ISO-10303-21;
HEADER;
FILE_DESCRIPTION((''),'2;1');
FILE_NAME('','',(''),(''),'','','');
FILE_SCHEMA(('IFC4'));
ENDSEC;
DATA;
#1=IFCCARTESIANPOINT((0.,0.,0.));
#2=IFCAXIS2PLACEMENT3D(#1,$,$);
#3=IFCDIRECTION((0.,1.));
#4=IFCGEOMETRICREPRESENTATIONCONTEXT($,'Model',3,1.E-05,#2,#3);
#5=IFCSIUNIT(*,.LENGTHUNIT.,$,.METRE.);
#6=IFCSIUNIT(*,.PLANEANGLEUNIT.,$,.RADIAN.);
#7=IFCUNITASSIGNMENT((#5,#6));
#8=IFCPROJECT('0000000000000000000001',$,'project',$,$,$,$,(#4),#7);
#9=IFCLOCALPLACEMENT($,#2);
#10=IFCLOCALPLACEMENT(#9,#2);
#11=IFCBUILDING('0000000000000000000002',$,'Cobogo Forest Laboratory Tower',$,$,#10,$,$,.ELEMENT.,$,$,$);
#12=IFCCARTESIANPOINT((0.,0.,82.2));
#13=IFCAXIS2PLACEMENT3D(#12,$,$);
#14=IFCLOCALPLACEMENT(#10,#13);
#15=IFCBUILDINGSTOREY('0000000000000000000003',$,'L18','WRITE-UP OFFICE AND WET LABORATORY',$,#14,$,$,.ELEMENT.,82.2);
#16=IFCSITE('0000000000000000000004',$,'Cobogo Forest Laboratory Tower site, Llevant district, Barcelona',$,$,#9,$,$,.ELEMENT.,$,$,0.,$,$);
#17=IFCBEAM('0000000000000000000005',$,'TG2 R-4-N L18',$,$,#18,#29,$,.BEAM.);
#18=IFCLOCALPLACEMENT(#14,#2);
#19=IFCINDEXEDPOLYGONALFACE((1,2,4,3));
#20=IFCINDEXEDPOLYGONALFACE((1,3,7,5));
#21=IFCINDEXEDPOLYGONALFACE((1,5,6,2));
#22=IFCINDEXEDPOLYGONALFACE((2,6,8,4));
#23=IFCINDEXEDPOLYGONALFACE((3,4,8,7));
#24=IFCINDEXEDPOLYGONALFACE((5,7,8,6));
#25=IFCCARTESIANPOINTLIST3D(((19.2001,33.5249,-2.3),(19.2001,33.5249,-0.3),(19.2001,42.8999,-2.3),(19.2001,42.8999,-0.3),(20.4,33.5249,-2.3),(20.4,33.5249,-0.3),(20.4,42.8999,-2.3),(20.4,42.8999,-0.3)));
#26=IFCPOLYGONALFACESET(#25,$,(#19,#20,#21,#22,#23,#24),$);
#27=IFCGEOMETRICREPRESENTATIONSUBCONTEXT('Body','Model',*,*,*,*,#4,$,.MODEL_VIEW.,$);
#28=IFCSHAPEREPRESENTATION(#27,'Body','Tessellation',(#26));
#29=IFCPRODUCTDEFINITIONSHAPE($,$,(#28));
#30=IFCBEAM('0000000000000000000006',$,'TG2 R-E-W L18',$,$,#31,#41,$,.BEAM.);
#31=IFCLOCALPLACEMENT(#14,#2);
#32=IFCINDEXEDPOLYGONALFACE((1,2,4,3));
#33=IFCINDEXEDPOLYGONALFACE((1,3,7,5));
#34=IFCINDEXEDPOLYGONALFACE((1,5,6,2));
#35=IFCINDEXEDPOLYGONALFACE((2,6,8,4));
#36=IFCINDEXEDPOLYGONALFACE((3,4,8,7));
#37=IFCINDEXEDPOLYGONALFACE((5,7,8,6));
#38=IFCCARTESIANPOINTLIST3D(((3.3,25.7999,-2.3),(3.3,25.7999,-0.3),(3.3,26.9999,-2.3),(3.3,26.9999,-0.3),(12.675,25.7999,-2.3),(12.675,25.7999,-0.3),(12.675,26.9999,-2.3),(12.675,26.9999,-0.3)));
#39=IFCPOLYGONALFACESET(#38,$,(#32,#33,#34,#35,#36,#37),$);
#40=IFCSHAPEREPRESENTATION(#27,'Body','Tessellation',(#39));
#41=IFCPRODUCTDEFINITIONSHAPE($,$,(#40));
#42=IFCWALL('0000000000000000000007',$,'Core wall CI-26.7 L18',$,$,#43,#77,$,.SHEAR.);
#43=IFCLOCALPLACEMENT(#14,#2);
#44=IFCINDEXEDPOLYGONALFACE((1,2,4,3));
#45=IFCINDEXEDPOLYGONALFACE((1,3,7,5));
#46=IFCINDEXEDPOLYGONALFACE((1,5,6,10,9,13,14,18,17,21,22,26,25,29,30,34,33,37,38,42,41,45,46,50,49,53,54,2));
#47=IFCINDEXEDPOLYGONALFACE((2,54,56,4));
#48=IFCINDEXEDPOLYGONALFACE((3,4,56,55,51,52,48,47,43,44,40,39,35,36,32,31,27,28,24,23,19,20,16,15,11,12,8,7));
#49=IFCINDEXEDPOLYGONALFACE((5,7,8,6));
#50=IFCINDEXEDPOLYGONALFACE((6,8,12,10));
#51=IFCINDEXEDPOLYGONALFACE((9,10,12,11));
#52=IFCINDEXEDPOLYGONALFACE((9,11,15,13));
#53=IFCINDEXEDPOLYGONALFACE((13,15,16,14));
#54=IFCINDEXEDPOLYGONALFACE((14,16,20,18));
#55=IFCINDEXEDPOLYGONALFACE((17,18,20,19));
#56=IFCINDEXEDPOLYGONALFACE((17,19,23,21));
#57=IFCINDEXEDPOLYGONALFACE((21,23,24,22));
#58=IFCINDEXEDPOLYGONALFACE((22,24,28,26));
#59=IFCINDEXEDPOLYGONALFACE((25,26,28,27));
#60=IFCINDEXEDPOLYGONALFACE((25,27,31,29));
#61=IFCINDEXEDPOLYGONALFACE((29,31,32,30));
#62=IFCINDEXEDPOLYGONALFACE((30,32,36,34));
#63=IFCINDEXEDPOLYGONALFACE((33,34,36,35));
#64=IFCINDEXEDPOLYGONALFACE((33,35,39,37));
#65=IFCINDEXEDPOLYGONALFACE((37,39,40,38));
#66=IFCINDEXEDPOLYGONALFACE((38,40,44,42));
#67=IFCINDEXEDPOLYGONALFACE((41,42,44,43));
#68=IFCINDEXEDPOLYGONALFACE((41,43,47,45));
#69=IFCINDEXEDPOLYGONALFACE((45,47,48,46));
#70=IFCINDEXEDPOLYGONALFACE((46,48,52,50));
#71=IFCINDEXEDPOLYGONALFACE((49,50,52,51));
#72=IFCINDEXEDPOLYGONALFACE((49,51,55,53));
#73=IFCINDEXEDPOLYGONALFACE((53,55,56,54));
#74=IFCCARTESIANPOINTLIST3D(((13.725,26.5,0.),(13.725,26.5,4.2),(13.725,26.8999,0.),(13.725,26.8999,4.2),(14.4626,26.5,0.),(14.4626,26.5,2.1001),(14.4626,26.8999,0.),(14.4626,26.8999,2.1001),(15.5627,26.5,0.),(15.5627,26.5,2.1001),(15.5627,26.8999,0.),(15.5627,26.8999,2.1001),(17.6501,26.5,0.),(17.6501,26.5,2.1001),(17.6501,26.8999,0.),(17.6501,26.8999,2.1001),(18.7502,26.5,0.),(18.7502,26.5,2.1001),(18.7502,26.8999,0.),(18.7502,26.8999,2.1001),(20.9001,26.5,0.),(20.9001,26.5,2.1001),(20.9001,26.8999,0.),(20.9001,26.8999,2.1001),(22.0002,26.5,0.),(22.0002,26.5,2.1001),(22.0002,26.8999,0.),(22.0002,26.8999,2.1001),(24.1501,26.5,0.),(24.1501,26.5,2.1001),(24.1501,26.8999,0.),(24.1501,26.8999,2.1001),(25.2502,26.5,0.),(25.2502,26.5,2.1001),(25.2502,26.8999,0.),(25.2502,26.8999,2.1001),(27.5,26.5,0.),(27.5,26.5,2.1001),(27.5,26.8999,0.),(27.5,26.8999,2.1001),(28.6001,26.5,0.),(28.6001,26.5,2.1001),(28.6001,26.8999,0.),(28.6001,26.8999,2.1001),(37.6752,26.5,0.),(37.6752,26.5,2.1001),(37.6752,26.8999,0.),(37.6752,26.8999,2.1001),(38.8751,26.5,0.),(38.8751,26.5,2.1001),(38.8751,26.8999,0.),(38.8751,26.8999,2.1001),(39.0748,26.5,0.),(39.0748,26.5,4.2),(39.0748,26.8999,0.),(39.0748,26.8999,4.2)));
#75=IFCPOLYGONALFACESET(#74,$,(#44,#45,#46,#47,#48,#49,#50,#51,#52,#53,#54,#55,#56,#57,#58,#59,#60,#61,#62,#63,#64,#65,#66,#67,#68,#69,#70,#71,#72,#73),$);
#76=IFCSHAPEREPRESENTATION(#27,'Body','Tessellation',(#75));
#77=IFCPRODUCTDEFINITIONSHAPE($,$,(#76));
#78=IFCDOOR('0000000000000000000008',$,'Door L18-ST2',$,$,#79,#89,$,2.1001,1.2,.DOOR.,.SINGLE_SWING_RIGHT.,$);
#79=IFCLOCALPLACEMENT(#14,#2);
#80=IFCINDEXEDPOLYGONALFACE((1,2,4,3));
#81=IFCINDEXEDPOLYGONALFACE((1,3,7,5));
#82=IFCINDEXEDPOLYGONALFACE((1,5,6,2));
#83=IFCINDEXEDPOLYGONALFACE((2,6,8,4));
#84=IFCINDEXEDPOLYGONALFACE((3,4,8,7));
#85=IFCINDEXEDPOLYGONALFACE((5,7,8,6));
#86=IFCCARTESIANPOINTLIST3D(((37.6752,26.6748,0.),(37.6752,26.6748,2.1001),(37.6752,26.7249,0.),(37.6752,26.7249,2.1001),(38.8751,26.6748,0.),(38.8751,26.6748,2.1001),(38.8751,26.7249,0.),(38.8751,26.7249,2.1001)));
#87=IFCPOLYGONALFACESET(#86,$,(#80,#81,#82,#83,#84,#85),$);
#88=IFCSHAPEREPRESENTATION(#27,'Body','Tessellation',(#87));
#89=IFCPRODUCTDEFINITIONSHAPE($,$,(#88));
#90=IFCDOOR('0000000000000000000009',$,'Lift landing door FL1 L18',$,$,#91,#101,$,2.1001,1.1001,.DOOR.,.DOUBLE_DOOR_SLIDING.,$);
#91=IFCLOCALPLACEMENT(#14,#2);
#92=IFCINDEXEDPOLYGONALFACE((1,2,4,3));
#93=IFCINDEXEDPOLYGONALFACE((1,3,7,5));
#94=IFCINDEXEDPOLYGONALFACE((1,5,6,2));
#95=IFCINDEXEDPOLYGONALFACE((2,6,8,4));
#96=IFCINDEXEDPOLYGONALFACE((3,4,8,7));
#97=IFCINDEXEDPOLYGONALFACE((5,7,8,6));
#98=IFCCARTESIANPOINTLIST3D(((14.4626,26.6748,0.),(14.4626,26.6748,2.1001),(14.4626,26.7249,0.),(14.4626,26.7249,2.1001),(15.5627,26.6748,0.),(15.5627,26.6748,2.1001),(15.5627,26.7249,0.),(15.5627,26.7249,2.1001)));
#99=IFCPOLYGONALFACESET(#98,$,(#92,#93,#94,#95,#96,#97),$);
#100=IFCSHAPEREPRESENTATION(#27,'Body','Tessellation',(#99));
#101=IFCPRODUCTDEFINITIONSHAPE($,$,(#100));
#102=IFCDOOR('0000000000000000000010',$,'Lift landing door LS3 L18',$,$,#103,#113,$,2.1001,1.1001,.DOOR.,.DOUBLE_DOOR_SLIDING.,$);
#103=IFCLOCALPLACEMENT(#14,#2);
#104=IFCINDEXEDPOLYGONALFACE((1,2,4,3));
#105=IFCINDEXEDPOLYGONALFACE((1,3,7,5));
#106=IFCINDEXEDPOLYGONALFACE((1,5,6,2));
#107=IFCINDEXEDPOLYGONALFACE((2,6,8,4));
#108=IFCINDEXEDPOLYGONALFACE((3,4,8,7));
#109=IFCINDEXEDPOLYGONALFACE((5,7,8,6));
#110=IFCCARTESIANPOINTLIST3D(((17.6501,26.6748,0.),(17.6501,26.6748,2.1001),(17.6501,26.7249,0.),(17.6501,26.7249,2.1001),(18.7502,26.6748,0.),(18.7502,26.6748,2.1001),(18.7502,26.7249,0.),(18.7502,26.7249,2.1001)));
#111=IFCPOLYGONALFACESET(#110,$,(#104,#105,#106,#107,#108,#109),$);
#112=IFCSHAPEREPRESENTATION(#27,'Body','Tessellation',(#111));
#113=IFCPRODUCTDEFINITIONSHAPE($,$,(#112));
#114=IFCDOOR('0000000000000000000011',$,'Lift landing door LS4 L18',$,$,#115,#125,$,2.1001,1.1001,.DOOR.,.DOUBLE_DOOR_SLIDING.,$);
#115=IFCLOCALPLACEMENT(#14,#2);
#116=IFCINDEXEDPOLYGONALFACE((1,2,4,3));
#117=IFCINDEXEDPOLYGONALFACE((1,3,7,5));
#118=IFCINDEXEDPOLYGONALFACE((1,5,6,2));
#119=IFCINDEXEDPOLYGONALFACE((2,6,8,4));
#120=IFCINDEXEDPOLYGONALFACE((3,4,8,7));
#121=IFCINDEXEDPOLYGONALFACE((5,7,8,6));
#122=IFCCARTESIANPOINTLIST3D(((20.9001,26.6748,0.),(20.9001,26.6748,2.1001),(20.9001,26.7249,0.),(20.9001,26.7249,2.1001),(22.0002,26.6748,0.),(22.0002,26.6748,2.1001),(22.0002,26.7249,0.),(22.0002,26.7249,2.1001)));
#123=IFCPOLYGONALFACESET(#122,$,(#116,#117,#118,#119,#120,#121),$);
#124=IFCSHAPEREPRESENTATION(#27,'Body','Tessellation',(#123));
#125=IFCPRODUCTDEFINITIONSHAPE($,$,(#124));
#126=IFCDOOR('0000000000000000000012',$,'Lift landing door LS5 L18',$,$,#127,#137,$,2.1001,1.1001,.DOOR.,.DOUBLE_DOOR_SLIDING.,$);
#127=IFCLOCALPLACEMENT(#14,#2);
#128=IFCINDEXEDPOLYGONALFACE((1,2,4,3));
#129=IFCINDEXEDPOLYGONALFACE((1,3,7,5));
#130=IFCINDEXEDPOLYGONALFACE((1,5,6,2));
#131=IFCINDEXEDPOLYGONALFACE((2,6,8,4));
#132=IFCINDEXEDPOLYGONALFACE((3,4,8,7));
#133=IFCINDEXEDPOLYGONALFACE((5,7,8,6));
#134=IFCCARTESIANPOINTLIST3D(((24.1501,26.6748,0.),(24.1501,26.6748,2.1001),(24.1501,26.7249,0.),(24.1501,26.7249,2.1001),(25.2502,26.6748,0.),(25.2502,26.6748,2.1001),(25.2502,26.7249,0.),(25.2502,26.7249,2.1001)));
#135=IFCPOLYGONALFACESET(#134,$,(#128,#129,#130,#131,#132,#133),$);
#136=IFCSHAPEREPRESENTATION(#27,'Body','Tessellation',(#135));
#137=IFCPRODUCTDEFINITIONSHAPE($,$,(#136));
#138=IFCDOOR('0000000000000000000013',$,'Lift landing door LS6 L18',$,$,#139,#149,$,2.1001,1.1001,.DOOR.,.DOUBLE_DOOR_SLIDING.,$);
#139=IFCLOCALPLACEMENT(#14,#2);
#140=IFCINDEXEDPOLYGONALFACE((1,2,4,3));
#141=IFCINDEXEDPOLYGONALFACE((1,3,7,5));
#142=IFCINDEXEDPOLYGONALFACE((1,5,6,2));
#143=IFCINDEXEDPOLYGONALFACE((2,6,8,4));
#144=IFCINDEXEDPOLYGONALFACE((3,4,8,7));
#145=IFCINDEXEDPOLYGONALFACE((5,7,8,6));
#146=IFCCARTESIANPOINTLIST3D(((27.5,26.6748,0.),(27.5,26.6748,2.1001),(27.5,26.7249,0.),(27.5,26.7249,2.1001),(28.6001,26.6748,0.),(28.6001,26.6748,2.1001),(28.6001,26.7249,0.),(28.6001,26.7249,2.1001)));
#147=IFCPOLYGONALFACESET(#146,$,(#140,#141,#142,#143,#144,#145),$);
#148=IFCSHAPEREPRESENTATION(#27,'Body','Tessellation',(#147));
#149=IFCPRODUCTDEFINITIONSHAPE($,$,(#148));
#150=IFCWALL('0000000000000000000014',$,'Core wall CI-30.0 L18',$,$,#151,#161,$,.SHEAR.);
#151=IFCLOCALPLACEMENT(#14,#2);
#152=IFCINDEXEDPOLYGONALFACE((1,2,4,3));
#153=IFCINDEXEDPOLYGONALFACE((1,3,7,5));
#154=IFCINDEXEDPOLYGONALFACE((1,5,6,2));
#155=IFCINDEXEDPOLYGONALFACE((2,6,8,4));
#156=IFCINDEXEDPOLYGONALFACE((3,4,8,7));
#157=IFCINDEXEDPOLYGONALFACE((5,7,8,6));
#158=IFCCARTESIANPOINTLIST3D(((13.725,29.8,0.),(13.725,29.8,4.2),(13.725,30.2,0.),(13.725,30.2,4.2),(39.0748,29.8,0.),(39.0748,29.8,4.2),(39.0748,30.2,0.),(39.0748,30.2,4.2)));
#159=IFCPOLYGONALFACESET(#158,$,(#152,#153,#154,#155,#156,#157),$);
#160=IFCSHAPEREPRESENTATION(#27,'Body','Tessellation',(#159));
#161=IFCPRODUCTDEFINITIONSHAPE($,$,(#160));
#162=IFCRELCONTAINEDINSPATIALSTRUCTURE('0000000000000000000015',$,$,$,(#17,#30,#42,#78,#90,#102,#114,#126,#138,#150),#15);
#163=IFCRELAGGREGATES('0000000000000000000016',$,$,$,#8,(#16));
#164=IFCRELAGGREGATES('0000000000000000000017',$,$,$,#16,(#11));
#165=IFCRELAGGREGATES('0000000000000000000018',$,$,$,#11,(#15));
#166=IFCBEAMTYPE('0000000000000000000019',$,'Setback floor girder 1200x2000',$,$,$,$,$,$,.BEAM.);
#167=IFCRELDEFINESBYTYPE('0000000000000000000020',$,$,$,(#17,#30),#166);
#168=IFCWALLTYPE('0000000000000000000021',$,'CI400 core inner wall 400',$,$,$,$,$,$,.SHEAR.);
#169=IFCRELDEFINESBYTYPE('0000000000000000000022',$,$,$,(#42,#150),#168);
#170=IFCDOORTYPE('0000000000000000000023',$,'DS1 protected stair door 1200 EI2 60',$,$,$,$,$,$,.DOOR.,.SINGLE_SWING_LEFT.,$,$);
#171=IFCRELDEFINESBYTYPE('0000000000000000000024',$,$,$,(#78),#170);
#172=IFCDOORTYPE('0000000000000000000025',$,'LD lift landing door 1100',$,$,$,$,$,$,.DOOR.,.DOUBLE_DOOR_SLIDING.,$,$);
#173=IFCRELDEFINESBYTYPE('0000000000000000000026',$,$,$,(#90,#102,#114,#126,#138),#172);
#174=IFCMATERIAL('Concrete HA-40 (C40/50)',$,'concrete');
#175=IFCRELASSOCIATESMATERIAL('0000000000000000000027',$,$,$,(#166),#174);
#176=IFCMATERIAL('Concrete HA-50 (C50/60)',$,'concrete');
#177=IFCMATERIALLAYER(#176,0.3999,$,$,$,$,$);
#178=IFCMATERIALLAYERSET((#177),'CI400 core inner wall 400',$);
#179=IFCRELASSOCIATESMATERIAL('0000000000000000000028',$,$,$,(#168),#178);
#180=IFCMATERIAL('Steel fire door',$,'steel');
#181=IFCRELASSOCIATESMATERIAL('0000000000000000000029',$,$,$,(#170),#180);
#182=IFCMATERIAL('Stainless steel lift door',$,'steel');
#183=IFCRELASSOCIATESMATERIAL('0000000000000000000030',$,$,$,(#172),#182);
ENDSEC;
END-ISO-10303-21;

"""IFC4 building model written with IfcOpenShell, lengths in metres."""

from ifc_helpers import new_model, si_unit, direction, frame, frame_2d, origin, origin_2d, place, context, subcontext, project, spatial, rectangle, extrude, material, layer, layer_set, material_profile, profile_set, type_object, element, fill, save


model = new_model("IFC4")

# Units and contexts
model_context = context("Model", 3, precision=1e-05, world=origin(), true_north=direction((0.0, 1.0)))
body_context = subcontext(model_context, "Body", "Model", "MODEL_VIEW")
ifc_project = project(units=[si_unit("LENGTHUNIT", "METRE"), si_unit("PLANEANGLEUNIT", "RADIAN")], contexts=[model_context])

# Site, building, storey
site_placement = place(None, origin())
site = spatial("IfcSite", under=ifc_project, at=site_placement, Name="Cobogo Forest Laboratory Tower site, Llevant district, Barcelona", CompositionType="ELEMENT", RefElevation=0.0)
building_placement = place(site_placement, origin())
building = spatial("IfcBuilding", under=site, at=building_placement, Name="Cobogo Forest Laboratory Tower", CompositionType="ELEMENT")
storey_placement = place(building_placement, frame((0.0, 0.0, 82.2)))
storey = spatial("IfcBuildingStorey", under=building, at=storey_placement, Name="L18", Description="WRITE-UP OFFICE AND WET LABORATORY", CompositionType="ELEMENT", Elevation=82.2)

# Beams
ifc_material_1 = material(Name="Concrete HA-40 (C40/50)", Category="concrete")
ifc_material_profile = material_profile(ifc_material_1, rectangle(XDim=1.2, YDim=2.0, at=origin_2d()), Name="RC 1200x2000")
ifc_profile_set = profile_set([ifc_material_profile], Name="Concrete HA-40 (C40/50)")
beam_type = type_object("IfcBeamType", Name="Setback floor girder 1200x2000", PredefinedType="BEAM", material=ifc_profile_set)
for number, where, z_axis, x_axis, name in (
    (1, (19.8, 33.5249, -1.3), (0.0, 1.0, 0.0), (-1.0, 0.0, 0.0), "TG2 R-4-N L18"),
    (2, (12.675, 26.3999, -1.3), (-1.0, 0.0, 0.0), (0.0, -1.0, 0.0), "TG2 R-E-W L18"),
):
    element("IfcBeam", number, at=place(storey_placement, frame(where, z_axis=z_axis, x_axis=x_axis)), inside=storey, type_object=beam_type, Name=name, PredefinedType="BEAM", context=body_context, shape_type="SweptSolid", body=[
        extrude(rectangle(XDim=1.2, YDim=2.0, at=origin_2d()), origin(), (0.0, 0.0, 1.0), 9.375),
    ])

# Wall, openings, doors
ifc_material_2 = material(Name="Concrete HA-50 (C50/60)", Category="concrete")
ifc_layer_1 = layer(ifc_material_2, 0.3999)
ifc_layer_set_1 = layer_set([ifc_layer_1], Name="CI400 core inner wall 400")
wall_type_1 = type_object("IfcWallType", Name="CI400 core inner wall 400", PredefinedType="SHEAR", material=ifc_layer_set_1)
wall_1_placement = place(storey_placement, frame((13.7251, 26.7, 0.0), z_axis=(0.0, 0.0, 1.0), x_axis=(1.0, 0.0, 0.0)))
wall_1 = element("IfcWall", 3, at=wall_1_placement, inside=storey, type_object=wall_type_1, Name="Core wall CI-26.7 L18", PredefinedType="SHEAR", context=body_context, shape_type="SweptSolid", body=[
    extrude(rectangle(XDim=25.3499, YDim=0.3999, at=frame_2d((12.6748, 0.0))), origin(), (0.0, 0.0, 1.0), 4.2),
])
opening_1_placement = place(wall_1_placement, frame((23.95, 0.0, 0.0)))
opening_1 = element("IfcOpeningElement", 4, at=opening_1_placement, cuts=wall_1, PredefinedType="OPENING", context=body_context, shape_type="SweptSolid", body=[
    extrude(rectangle(XDim=1.2, YDim=2.1001, at=frame_2d((0.6001, 1.05))), frame((0.0, 0.21, 0.0), z_axis=(0.0, -1.0, 0.0), x_axis=(1.0, 0.0, 0.0)), (0.0, 0.0, 1.0), 0.4199),
])
opening_2_placement = place(wall_1_placement, frame((0.7375, 0.0, 0.0)))
opening_2 = element("IfcOpeningElement", 5, at=opening_2_placement, cuts=wall_1, PredefinedType="OPENING", context=body_context, shape_type="SweptSolid", body=[
    extrude(rectangle(XDim=1.1001, YDim=2.1001, at=frame_2d((0.55, 1.05))), frame((0.0, 0.21, 0.0), z_axis=(0.0, -1.0, 0.0), x_axis=(1.0, 0.0, 0.0)), (0.0, 0.0, 1.0), 0.4199),
])
opening_3_placement = place(wall_1_placement, frame((3.925, 0.0, 0.0)))
opening_3 = element("IfcOpeningElement", 6, at=opening_3_placement, cuts=wall_1, PredefinedType="OPENING", context=body_context, shape_type="SweptSolid", body=[
    extrude(rectangle(XDim=1.1001, YDim=2.1001, at=frame_2d((0.55, 1.05))), frame((0.0, 0.21, 0.0), z_axis=(0.0, -1.0, 0.0), x_axis=(1.0, 0.0, 0.0)), (0.0, 0.0, 1.0), 0.4199),
])
opening_4_placement = place(wall_1_placement, frame((7.175, 0.0, 0.0)))
opening_4 = element("IfcOpeningElement", 7, at=opening_4_placement, cuts=wall_1, PredefinedType="OPENING", context=body_context, shape_type="SweptSolid", body=[
    extrude(rectangle(XDim=1.1001, YDim=2.1001, at=frame_2d((0.55, 1.05))), frame((0.0, 0.21, 0.0), z_axis=(0.0, -1.0, 0.0), x_axis=(1.0, 0.0, 0.0)), (0.0, 0.0, 1.0), 0.4199),
])
opening_5_placement = place(wall_1_placement, frame((10.425, 0.0, 0.0)))
opening_5 = element("IfcOpeningElement", 8, at=opening_5_placement, cuts=wall_1, PredefinedType="OPENING", context=body_context, shape_type="SweptSolid", body=[
    extrude(rectangle(XDim=1.1001, YDim=2.1001, at=frame_2d((0.55, 1.05))), frame((0.0, 0.21, 0.0), z_axis=(0.0, -1.0, 0.0), x_axis=(1.0, 0.0, 0.0)), (0.0, 0.0, 1.0), 0.4199),
])
opening_6_placement = place(wall_1_placement, frame((13.7749, 0.0, 0.0)))
opening_6 = element("IfcOpeningElement", 9, at=opening_6_placement, cuts=wall_1, PredefinedType="OPENING", context=body_context, shape_type="SweptSolid", body=[
    extrude(rectangle(XDim=1.1001, YDim=2.1001, at=frame_2d((0.55, 1.05))), frame((0.0, 0.21, 0.0), z_axis=(0.0, -1.0, 0.0), x_axis=(1.0, 0.0, 0.0)), (0.0, 0.0, 1.0), 0.4199),
])
ifc_material_3 = material(Name="Steel fire door", Category="steel")
door_type_1 = type_object("IfcDoorType", Name="DS1 protected stair door 1200 EI2 60", OperationType="SINGLE_SWING_LEFT", PredefinedType="DOOR", material=ifc_material_3)
door_1_placement = place(opening_1_placement, origin())
door_1 = element("IfcDoor", 10, at=door_1_placement, inside=storey, type_object=door_type_1, Name="Door L18-ST2", OperationType="SINGLE_SWING_RIGHT", OverallHeight=2.1001, OverallWidth=1.2, PredefinedType="DOOR", context=body_context, shape_type="SweptSolid", body=[
    extrude(rectangle(XDim=1.2, YDim=2.1001, at=frame_2d((0.6001, 1.05))), frame((0.0, 0.0249, 0.0), z_axis=(0.0, -1.0, 0.0), x_axis=(1.0, 0.0, 0.0)), (0.0, 0.0, 1.0), 0.05),
])
fill(opening_1, door_1)
ifc_material_4 = material(Name="Stainless steel lift door", Category="steel")
door_type_2 = type_object("IfcDoorType", Name="LD lift landing door 1100", OperationType="DOUBLE_DOOR_SLIDING", PredefinedType="DOOR", material=ifc_material_4)
door_2_placement = place(opening_2_placement, origin())
door_2 = element("IfcDoor", 11, at=door_2_placement, inside=storey, type_object=door_type_2, Name="Lift landing door FL1 L18", OperationType="DOUBLE_DOOR_SLIDING", OverallHeight=2.1001, OverallWidth=1.1001, PredefinedType="DOOR", context=body_context, shape_type="SweptSolid", body=[
    extrude(rectangle(XDim=1.1001, YDim=2.1001, at=frame_2d((0.55, 1.05))), frame((0.0, 0.0249, 0.0), z_axis=(0.0, -1.0, 0.0), x_axis=(1.0, 0.0, 0.0)), (0.0, 0.0, 1.0), 0.05),
])
fill(opening_2, door_2)
door_3_placement = place(opening_3_placement, origin())
door_3 = element("IfcDoor", 12, at=door_3_placement, inside=storey, type_object=door_type_2, Name="Lift landing door LS3 L18", OperationType="DOUBLE_DOOR_SLIDING", OverallHeight=2.1001, OverallWidth=1.1001, PredefinedType="DOOR", context=body_context, shape_type="SweptSolid", body=[
    extrude(rectangle(XDim=1.1001, YDim=2.1001, at=frame_2d((0.55, 1.05))), frame((0.0, 0.0249, 0.0), z_axis=(0.0, -1.0, 0.0), x_axis=(1.0, 0.0, 0.0)), (0.0, 0.0, 1.0), 0.05),
])
fill(opening_3, door_3)
door_4_placement = place(opening_4_placement, origin())
door_4 = element("IfcDoor", 13, at=door_4_placement, inside=storey, type_object=door_type_2, Name="Lift landing door LS4 L18", OperationType="DOUBLE_DOOR_SLIDING", OverallHeight=2.1001, OverallWidth=1.1001, PredefinedType="DOOR", context=body_context, shape_type="SweptSolid", body=[
    extrude(rectangle(XDim=1.1001, YDim=2.1001, at=frame_2d((0.55, 1.05))), frame((0.0, 0.0249, 0.0), z_axis=(0.0, -1.0, 0.0), x_axis=(1.0, 0.0, 0.0)), (0.0, 0.0, 1.0), 0.05),
])
fill(opening_4, door_4)
door_5_placement = place(opening_5_placement, origin())
door_5 = element("IfcDoor", 14, at=door_5_placement, inside=storey, type_object=door_type_2, Name="Lift landing door LS5 L18", OperationType="DOUBLE_DOOR_SLIDING", OverallHeight=2.1001, OverallWidth=1.1001, PredefinedType="DOOR", context=body_context, shape_type="SweptSolid", body=[
    extrude(rectangle(XDim=1.1001, YDim=2.1001, at=frame_2d((0.55, 1.05))), frame((0.0, 0.0249, 0.0), z_axis=(0.0, -1.0, 0.0), x_axis=(1.0, 0.0, 0.0)), (0.0, 0.0, 1.0), 0.05),
])
fill(opening_5, door_5)
door_6_placement = place(opening_6_placement, origin())
door_6 = element("IfcDoor", 15, at=door_6_placement, inside=storey, type_object=door_type_2, Name="Lift landing door LS6 L18", OperationType="DOUBLE_DOOR_SLIDING", OverallHeight=2.1001, OverallWidth=1.1001, PredefinedType="DOOR", context=body_context, shape_type="SweptSolid", body=[
    extrude(rectangle(XDim=1.1001, YDim=2.1001, at=frame_2d((0.55, 1.05))), frame((0.0, 0.0249, 0.0), z_axis=(0.0, -1.0, 0.0), x_axis=(1.0, 0.0, 0.0)), (0.0, 0.0, 1.0), 0.05),
])
fill(opening_6, door_6)

# Wall
wall_2_placement = place(storey_placement, frame((13.7251, 30.0, 0.0), z_axis=(0.0, 0.0, 1.0), x_axis=(1.0, 0.0, 0.0)))
element("IfcWall", 16, at=wall_2_placement, inside=storey, type_object=wall_type_1, Name="Core wall CI-30.0 L18", PredefinedType="SHEAR", context=body_context, shape_type="SweptSolid", body=[
    extrude(rectangle(XDim=25.3499, YDim=0.3999, at=frame_2d((12.6748, 0.0))), origin(), (0.0, 0.0, 1.0), 4.2),
])

save(model, "model.ifc")
